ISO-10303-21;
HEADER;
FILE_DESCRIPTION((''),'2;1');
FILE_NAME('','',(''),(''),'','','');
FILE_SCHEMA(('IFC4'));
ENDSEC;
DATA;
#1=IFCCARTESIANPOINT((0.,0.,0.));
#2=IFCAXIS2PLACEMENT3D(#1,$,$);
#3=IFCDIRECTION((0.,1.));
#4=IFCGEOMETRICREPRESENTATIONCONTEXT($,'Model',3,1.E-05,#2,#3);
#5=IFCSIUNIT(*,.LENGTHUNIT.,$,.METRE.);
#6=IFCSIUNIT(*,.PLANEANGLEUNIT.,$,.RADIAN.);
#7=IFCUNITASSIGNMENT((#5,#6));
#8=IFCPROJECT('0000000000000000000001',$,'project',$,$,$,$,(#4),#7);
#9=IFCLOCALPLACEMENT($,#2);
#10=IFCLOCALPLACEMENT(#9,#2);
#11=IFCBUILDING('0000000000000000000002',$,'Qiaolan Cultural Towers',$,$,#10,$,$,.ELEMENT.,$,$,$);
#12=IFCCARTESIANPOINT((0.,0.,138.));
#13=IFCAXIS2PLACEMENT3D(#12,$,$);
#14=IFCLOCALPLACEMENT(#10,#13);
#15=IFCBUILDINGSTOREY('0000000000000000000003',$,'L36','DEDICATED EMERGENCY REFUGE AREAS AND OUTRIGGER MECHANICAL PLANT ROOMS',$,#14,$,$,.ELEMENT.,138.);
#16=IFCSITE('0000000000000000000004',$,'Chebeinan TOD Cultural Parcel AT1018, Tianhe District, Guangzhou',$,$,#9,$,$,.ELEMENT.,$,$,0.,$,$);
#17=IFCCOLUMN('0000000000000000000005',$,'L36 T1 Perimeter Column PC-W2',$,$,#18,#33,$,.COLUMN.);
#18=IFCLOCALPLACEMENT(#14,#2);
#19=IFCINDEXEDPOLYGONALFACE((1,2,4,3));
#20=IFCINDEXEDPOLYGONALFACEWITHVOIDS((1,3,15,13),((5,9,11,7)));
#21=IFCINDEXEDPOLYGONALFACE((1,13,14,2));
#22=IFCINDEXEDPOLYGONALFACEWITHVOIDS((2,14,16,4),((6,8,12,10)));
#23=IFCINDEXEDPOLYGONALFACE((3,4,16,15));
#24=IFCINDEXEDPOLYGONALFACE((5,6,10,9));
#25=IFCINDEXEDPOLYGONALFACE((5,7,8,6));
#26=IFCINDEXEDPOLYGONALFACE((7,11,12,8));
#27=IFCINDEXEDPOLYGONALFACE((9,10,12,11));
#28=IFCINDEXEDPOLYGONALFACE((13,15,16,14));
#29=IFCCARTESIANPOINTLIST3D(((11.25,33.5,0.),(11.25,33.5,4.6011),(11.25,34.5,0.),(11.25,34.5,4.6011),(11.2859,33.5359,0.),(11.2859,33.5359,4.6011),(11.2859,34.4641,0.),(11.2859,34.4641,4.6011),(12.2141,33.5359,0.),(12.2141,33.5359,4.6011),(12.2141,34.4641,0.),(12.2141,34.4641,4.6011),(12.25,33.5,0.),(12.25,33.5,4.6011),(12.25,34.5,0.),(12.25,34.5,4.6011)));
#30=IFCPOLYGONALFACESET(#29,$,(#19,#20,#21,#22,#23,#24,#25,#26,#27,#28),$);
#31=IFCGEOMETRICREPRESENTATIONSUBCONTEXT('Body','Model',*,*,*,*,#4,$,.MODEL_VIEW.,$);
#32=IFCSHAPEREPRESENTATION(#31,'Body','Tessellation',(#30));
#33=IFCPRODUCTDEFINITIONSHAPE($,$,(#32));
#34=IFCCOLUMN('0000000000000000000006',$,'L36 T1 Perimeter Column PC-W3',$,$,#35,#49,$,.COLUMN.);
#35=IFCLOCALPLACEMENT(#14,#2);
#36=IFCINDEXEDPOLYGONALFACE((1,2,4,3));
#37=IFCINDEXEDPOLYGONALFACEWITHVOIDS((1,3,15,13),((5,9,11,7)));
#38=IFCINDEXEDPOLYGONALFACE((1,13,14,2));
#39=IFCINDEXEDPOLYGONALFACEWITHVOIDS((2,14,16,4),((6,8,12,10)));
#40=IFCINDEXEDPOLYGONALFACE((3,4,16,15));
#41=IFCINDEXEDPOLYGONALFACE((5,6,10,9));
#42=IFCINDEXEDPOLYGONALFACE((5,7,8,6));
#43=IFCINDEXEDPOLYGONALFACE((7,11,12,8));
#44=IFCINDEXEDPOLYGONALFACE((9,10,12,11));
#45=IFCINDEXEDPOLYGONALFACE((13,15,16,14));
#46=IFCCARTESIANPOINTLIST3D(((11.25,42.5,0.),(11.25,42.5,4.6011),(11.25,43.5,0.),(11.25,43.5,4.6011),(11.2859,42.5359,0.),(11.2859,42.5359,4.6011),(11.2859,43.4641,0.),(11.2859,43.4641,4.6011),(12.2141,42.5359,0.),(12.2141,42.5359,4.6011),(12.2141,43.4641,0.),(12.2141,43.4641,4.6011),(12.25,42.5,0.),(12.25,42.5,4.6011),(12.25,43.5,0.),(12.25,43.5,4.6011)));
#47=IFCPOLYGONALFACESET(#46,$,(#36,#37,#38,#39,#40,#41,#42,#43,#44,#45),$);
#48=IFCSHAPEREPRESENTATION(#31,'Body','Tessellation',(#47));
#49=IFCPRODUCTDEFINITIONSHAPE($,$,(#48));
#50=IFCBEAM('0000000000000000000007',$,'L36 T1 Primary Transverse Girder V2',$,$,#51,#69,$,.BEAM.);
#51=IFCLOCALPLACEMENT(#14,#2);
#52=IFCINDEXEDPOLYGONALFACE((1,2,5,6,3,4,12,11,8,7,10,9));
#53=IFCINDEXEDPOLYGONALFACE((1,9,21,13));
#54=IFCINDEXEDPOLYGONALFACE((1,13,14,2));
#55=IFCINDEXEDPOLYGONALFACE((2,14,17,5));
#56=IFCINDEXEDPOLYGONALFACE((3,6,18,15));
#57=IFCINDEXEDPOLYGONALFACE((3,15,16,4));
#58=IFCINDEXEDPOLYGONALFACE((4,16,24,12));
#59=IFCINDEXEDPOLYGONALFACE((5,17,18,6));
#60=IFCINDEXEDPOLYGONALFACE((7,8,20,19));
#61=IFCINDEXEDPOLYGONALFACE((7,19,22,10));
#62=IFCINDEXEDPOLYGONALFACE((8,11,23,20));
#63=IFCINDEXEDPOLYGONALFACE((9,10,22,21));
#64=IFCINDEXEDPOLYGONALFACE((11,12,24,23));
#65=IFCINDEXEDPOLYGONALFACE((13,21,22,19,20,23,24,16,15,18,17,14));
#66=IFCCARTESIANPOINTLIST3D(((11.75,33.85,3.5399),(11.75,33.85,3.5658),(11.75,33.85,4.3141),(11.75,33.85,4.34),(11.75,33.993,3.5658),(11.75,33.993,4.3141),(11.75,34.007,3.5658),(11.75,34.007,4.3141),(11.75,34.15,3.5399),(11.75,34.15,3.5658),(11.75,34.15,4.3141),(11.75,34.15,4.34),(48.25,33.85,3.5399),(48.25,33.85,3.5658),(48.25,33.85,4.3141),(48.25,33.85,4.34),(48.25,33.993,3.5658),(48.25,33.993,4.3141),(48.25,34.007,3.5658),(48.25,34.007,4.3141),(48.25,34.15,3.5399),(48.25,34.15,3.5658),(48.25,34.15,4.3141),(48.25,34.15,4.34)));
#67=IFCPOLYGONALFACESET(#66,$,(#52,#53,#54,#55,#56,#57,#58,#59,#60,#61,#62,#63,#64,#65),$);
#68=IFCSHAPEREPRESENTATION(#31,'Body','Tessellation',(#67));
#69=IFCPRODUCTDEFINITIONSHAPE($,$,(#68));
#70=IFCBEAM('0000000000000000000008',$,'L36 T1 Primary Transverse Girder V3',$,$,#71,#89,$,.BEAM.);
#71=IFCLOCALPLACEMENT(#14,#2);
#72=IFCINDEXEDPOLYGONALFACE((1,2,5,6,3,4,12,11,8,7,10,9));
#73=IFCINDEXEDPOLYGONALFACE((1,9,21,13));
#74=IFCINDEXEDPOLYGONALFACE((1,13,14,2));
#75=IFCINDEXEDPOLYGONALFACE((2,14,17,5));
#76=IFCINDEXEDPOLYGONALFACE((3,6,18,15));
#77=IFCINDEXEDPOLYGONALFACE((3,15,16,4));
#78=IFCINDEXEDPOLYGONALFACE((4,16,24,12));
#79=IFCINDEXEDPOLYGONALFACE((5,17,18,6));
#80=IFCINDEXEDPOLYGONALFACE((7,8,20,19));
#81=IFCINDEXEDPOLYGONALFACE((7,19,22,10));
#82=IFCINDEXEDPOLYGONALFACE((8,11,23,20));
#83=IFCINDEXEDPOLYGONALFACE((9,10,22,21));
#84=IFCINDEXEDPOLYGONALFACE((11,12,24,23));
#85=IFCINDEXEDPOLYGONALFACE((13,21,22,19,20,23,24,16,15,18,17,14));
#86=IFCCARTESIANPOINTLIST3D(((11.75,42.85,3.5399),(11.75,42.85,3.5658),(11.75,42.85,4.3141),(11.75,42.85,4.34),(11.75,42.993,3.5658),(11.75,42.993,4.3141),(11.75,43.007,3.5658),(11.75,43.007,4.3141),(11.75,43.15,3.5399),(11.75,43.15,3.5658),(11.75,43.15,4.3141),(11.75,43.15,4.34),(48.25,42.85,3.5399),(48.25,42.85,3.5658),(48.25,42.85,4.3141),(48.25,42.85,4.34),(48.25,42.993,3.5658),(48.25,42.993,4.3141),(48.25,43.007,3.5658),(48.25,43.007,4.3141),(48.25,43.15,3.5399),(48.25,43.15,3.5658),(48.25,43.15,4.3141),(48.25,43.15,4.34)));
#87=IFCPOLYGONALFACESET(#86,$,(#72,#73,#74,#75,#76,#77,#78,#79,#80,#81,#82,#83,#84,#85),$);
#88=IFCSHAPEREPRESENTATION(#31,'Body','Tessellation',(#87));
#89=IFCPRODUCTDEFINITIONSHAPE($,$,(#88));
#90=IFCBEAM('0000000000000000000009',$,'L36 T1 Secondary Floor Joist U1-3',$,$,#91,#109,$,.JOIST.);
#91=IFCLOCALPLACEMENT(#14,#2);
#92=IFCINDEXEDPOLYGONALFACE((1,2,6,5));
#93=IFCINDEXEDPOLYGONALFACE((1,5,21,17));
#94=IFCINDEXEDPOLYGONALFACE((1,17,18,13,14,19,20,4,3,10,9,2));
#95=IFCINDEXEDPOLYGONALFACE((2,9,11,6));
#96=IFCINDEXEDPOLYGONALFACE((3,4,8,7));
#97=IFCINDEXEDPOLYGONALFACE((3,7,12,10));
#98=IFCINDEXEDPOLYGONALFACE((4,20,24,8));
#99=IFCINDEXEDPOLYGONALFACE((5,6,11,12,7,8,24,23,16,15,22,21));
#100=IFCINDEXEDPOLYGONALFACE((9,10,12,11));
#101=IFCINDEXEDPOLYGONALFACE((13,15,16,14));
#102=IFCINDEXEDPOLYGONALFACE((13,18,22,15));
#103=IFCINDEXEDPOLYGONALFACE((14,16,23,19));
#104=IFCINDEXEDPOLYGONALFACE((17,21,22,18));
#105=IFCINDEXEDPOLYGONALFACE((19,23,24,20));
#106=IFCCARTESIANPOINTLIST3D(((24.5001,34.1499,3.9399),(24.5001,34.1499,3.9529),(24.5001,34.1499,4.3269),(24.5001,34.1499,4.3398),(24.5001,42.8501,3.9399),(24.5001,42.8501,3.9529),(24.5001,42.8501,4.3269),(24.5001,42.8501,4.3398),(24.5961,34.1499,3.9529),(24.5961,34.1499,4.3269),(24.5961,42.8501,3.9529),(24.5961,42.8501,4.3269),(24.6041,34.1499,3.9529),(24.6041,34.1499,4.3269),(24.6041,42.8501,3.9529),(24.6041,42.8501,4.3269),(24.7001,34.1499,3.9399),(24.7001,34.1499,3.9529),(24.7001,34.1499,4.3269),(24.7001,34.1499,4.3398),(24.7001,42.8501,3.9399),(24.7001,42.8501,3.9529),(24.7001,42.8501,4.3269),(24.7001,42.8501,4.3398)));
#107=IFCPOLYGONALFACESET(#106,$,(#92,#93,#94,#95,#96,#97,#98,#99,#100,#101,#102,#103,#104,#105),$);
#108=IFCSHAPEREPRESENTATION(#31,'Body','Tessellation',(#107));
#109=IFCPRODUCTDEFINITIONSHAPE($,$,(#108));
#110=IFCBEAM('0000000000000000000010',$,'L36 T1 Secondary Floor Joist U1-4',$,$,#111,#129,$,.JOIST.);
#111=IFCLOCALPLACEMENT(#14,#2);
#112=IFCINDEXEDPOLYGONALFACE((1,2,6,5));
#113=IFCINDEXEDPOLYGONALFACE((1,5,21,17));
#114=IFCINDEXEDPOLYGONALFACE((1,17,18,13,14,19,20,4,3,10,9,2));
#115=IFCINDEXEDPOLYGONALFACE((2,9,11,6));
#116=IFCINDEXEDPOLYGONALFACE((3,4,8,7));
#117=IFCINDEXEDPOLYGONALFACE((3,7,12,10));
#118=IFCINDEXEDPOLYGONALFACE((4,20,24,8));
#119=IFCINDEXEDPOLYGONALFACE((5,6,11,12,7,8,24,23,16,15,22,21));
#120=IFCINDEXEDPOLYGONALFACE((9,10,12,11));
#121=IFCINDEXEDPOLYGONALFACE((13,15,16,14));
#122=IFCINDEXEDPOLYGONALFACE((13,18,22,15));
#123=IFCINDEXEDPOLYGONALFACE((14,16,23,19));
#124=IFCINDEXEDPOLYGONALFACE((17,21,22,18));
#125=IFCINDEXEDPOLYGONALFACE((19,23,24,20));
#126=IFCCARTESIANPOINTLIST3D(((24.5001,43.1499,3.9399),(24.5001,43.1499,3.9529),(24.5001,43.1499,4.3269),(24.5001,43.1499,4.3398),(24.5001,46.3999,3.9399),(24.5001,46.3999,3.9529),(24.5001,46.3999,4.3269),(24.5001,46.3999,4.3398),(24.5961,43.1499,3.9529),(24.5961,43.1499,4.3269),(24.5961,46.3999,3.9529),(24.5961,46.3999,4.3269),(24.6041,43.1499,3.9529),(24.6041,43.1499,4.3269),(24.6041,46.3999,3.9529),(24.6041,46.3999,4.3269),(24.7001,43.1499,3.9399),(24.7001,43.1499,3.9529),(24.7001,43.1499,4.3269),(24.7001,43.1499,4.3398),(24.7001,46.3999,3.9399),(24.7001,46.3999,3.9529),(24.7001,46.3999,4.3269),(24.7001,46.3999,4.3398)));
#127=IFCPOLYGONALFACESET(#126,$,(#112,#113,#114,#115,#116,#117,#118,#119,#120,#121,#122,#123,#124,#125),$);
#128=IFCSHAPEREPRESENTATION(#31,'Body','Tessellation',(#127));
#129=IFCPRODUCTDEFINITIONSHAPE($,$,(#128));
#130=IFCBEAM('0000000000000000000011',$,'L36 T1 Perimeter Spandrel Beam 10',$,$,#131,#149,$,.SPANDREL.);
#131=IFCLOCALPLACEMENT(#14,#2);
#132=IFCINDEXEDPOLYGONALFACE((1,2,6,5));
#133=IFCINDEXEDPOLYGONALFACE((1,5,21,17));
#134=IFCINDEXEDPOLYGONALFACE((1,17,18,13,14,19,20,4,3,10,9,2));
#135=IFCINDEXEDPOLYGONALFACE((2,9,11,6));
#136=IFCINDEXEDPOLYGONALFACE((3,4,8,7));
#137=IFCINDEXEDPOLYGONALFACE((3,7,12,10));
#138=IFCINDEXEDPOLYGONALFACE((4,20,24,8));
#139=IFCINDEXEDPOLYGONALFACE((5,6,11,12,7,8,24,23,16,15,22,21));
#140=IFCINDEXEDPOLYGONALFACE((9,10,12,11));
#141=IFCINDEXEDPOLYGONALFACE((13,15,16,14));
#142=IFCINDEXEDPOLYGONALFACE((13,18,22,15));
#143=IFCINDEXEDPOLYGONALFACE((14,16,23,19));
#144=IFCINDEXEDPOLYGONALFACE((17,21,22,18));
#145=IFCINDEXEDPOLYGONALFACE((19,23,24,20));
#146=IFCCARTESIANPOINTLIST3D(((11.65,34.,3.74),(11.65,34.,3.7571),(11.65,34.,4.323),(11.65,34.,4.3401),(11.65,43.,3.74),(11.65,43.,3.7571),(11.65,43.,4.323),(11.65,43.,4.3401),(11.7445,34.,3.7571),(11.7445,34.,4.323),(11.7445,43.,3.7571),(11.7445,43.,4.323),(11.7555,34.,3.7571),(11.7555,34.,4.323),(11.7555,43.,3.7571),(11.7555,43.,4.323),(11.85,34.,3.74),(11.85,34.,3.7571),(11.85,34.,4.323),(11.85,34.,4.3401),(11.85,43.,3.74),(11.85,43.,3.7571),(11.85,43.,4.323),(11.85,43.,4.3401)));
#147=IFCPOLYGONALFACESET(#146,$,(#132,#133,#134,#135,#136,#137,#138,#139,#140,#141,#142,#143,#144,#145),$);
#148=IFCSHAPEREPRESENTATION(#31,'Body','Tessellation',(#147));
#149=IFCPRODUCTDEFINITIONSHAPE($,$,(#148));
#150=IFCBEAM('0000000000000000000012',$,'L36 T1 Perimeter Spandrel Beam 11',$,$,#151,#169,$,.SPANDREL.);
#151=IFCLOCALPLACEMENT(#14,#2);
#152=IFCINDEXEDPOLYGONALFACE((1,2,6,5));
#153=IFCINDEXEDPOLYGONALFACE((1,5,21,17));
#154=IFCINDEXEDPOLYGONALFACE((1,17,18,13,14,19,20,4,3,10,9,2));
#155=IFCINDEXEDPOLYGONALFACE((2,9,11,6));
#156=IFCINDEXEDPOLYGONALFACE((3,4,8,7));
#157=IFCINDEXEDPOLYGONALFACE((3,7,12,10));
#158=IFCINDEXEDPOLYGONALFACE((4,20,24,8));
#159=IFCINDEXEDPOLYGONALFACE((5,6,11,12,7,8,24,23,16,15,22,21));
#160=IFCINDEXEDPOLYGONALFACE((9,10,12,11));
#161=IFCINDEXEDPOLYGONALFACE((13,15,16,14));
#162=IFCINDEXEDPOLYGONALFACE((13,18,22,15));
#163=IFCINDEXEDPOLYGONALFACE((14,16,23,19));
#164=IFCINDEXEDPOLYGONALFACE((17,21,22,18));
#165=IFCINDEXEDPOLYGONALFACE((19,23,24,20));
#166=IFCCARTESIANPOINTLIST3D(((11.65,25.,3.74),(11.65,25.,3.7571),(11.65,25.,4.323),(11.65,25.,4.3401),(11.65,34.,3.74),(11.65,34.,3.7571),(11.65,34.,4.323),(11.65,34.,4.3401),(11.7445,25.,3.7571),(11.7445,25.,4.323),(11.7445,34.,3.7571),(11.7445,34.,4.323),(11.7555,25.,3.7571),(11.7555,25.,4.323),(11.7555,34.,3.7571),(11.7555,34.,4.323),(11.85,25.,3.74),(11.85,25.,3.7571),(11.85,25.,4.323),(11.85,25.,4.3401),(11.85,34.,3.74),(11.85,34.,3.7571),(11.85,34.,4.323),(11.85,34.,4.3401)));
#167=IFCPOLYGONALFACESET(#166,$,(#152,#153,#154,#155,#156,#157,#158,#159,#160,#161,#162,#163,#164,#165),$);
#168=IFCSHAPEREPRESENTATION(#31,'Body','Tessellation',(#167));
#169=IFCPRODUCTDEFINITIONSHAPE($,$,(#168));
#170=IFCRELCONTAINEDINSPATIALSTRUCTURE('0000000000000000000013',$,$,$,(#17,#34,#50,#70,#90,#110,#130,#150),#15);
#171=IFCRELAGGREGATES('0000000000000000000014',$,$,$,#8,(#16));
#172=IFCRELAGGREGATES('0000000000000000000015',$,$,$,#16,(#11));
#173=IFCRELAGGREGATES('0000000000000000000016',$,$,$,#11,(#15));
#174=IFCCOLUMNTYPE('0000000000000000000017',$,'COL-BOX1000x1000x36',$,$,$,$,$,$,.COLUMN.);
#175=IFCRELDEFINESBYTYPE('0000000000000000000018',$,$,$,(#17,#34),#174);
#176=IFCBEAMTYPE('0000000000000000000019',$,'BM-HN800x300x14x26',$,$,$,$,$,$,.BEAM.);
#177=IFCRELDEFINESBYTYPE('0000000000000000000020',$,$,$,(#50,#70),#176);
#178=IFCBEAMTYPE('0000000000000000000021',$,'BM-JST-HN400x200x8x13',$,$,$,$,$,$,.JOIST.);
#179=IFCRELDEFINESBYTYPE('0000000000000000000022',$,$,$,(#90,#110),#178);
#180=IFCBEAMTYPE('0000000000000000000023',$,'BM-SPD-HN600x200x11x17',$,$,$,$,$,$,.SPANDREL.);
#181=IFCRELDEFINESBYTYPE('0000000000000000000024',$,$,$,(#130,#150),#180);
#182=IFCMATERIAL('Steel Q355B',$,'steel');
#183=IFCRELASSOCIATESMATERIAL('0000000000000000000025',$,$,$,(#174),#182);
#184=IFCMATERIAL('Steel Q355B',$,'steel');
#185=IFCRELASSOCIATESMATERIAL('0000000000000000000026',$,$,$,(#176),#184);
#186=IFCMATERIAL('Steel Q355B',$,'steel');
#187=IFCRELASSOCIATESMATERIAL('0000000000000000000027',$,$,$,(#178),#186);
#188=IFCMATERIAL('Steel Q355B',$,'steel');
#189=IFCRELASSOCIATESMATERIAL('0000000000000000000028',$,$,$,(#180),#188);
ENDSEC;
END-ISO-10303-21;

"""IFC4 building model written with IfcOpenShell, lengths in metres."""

from ifc_helpers import new_model, si_unit, direction, frame, origin, origin_2d, place, context, subcontext, project, spatial, hollow_rectangle, i_section, extrude, material, material_profile, profile_set, type_object, element, save


model = new_model("IFC4")

# Units and contexts
model_context = context("Model", 3, precision=1e-05, world=origin(), true_north=direction((0.0, 1.0)))
body_context = subcontext(model_context, "Body", "Model", "MODEL_VIEW")
ifc_project = project(units=[si_unit("LENGTHUNIT", "METRE"), si_unit("PLANEANGLEUNIT", "RADIAN")], contexts=[model_context])

# Site, building, storey
site_placement = place(None, origin())
site = spatial("IfcSite", under=ifc_project, at=site_placement, Name="Chebeinan TOD Cultural Parcel AT1018, Tianhe District, Guangzhou", CompositionType="ELEMENT", RefElevation=0.0)
building_placement = place(site_placement, origin())
building = spatial("IfcBuilding", under=site, at=building_placement, Name="Qiaolan Cultural Towers", CompositionType="ELEMENT")
storey_placement = place(building_placement, frame((0.0, 0.0, 138.0)))
storey = spatial("IfcBuildingStorey", under=building, at=storey_placement, Name="L36", Description="DEDICATED EMERGENCY REFUGE AREAS AND OUTRIGGER MECHANICAL PLANT ROOMS", CompositionType="ELEMENT", Elevation=138.0)

# Columns
ifc_material_1 = material(Name="Steel Q355B", Category="steel")
ifc_material_profile_1 = material_profile(ifc_material_1, hollow_rectangle(XDim=1.0, YDim=1.0, WallThickness=0.0359, at=origin_2d()), Name="BOX1000x1000x36")
ifc_profile_set_1 = profile_set([ifc_material_profile_1], Name="Steel Q355B")
column_type = type_object("IfcColumnType", Name="COL-BOX1000x1000x36", PredefinedType="COLUMN", material=ifc_profile_set_1)
for number, where, z_axis, x_axis, name in (
    (1, (11.75, 34.0, 0.0), (0.0, 0.0, 1.0), (1.0, 0.0, 0.0), "L36 T1 Perimeter Column PC-W2"),
    (2, (11.75, 43.0, 0.0), (0.0, 0.0, 1.0), (1.0, 0.0, 0.0), "L36 T1 Perimeter Column PC-W3"),
):
    element("IfcColumn", number, at=place(storey_placement, frame(where, z_axis=z_axis, x_axis=x_axis)), inside=storey, type_object=column_type, Name=name, PredefinedType="COLUMN", context=body_context, shape_type="SweptSolid", body=[
        extrude(hollow_rectangle(XDim=1.0, YDim=1.0, WallThickness=0.0359, at=origin_2d()), origin(), (0.0, 0.0, 1.0), 4.6011),
    ])

# Beams
ifc_material_2 = material(Name="Steel Q355B", Category="steel")
ifc_material_profile_2 = material_profile(ifc_material_2, i_section(OverallWidth=0.3, OverallDepth=0.8, WebThickness=0.0139, FlangeThickness=0.0259, at=origin_2d()), Name="HN800x300x14x26")
ifc_profile_set_2 = profile_set([ifc_material_profile_2], Name="Steel Q355B")
beam_type_1 = type_object("IfcBeamType", Name="BM-HN800x300x14x26", PredefinedType="BEAM", material=ifc_profile_set_2)
for number, where, z_axis, x_axis, name in (
    (3, (11.75, 34.0, 3.9399), (1.0, 0.0, 0.0), (0.0, 1.0, 0.0), "L36 T1 Primary Transverse Girder V2"),
    (4, (11.75, 43.0, 3.9399), (1.0, 0.0, 0.0), (0.0, 1.0, 0.0), "L36 T1 Primary Transverse Girder V3"),
):
    element("IfcBeam", number, at=place(storey_placement, frame(where, z_axis=z_axis, x_axis=x_axis)), inside=storey, type_object=beam_type_1, Name=name, PredefinedType="BEAM", context=body_context, shape_type="SweptSolid", body=[
        extrude(i_section(OverallWidth=0.3, OverallDepth=0.8, WebThickness=0.0139, FlangeThickness=0.0259, at=origin_2d()), origin(), (0.0, 0.0, 1.0), 36.5),
    ])
ifc_material_3 = material(Name="Steel Q355B", Category="steel")
ifc_material_profile_3 = material_profile(ifc_material_3, i_section(OverallWidth=0.2, OverallDepth=0.3999, WebThickness=0.0081, FlangeThickness=0.0129, at=origin_2d()), Name="HN400x200x8x13")
ifc_profile_set_3 = profile_set([ifc_material_profile_3], Name="Steel Q355B")
beam_type_2 = type_object("IfcBeamType", Name="BM-JST-HN400x200x8x13", PredefinedType="JOIST", material=ifc_profile_set_3)
beam_1_placement = place(storey_placement, frame((24.6001, 34.1499, 4.1399), z_axis=(0.0, 1.0, 0.0), x_axis=(-1.0, 0.0, 0.0)))
element("IfcBeam", 5, at=beam_1_placement, inside=storey, type_object=beam_type_2, Name="L36 T1 Secondary Floor Joist U1-3", PredefinedType="JOIST", context=body_context, shape_type="SweptSolid", body=[
    extrude(i_section(OverallWidth=0.2, OverallDepth=0.3999, WebThickness=0.0081, FlangeThickness=0.0129, at=origin_2d()), origin(), (0.0, 0.0, 1.0), 8.7002),
])
beam_2_placement = place(storey_placement, frame((24.6001, 43.1499, 4.1399), z_axis=(0.0, 1.0, 0.0), x_axis=(-1.0, 0.0, 0.0)))
element("IfcBeam", 6, at=beam_2_placement, inside=storey, type_object=beam_type_2, Name="L36 T1 Secondary Floor Joist U1-4", PredefinedType="JOIST", context=body_context, shape_type="SweptSolid", body=[
    extrude(i_section(OverallWidth=0.2, OverallDepth=0.3999, WebThickness=0.0081, FlangeThickness=0.0129, at=origin_2d()), origin(), (0.0, 0.0, 1.0), 3.25),
])
ifc_material_4 = material(Name="Steel Q355B", Category="steel")
ifc_material_profile_4 = material_profile(ifc_material_4, i_section(OverallWidth=0.2, OverallDepth=0.6001, WebThickness=0.011, FlangeThickness=0.0171, at=origin_2d()), Name="HN600x200x11x17")
ifc_profile_set_4 = profile_set([ifc_material_profile_4], Name="Steel Q355B")
beam_type_3 = type_object("IfcBeamType", Name="BM-SPD-HN600x200x11x17", PredefinedType="SPANDREL", material=ifc_profile_set_4)
for number, where, z_axis, x_axis, name in (
    (7, (11.75, 43.0, 4.04), (0.0, -1.0, 0.0), (1.0, 0.0, 0.0), "L36 T1 Perimeter Spandrel Beam 10"),
    (8, (11.75, 34.0, 4.04), (0.0, -1.0, 0.0), (1.0, 0.0, 0.0), "L36 T1 Perimeter Spandrel Beam 11"),
):
    element("IfcBeam", number, at=place(storey_placement, frame(where, z_axis=z_axis, x_axis=x_axis)), inside=storey, type_object=beam_type_3, Name=name, PredefinedType="SPANDREL", context=body_context, shape_type="SweptSolid", body=[
        extrude(i_section(OverallWidth=0.2, OverallDepth=0.6001, WebThickness=0.011, FlangeThickness=0.0171, at=origin_2d()), origin(), (0.0, 0.0, 1.0), 9.0),
    ])

save(model, "model.ifc")
